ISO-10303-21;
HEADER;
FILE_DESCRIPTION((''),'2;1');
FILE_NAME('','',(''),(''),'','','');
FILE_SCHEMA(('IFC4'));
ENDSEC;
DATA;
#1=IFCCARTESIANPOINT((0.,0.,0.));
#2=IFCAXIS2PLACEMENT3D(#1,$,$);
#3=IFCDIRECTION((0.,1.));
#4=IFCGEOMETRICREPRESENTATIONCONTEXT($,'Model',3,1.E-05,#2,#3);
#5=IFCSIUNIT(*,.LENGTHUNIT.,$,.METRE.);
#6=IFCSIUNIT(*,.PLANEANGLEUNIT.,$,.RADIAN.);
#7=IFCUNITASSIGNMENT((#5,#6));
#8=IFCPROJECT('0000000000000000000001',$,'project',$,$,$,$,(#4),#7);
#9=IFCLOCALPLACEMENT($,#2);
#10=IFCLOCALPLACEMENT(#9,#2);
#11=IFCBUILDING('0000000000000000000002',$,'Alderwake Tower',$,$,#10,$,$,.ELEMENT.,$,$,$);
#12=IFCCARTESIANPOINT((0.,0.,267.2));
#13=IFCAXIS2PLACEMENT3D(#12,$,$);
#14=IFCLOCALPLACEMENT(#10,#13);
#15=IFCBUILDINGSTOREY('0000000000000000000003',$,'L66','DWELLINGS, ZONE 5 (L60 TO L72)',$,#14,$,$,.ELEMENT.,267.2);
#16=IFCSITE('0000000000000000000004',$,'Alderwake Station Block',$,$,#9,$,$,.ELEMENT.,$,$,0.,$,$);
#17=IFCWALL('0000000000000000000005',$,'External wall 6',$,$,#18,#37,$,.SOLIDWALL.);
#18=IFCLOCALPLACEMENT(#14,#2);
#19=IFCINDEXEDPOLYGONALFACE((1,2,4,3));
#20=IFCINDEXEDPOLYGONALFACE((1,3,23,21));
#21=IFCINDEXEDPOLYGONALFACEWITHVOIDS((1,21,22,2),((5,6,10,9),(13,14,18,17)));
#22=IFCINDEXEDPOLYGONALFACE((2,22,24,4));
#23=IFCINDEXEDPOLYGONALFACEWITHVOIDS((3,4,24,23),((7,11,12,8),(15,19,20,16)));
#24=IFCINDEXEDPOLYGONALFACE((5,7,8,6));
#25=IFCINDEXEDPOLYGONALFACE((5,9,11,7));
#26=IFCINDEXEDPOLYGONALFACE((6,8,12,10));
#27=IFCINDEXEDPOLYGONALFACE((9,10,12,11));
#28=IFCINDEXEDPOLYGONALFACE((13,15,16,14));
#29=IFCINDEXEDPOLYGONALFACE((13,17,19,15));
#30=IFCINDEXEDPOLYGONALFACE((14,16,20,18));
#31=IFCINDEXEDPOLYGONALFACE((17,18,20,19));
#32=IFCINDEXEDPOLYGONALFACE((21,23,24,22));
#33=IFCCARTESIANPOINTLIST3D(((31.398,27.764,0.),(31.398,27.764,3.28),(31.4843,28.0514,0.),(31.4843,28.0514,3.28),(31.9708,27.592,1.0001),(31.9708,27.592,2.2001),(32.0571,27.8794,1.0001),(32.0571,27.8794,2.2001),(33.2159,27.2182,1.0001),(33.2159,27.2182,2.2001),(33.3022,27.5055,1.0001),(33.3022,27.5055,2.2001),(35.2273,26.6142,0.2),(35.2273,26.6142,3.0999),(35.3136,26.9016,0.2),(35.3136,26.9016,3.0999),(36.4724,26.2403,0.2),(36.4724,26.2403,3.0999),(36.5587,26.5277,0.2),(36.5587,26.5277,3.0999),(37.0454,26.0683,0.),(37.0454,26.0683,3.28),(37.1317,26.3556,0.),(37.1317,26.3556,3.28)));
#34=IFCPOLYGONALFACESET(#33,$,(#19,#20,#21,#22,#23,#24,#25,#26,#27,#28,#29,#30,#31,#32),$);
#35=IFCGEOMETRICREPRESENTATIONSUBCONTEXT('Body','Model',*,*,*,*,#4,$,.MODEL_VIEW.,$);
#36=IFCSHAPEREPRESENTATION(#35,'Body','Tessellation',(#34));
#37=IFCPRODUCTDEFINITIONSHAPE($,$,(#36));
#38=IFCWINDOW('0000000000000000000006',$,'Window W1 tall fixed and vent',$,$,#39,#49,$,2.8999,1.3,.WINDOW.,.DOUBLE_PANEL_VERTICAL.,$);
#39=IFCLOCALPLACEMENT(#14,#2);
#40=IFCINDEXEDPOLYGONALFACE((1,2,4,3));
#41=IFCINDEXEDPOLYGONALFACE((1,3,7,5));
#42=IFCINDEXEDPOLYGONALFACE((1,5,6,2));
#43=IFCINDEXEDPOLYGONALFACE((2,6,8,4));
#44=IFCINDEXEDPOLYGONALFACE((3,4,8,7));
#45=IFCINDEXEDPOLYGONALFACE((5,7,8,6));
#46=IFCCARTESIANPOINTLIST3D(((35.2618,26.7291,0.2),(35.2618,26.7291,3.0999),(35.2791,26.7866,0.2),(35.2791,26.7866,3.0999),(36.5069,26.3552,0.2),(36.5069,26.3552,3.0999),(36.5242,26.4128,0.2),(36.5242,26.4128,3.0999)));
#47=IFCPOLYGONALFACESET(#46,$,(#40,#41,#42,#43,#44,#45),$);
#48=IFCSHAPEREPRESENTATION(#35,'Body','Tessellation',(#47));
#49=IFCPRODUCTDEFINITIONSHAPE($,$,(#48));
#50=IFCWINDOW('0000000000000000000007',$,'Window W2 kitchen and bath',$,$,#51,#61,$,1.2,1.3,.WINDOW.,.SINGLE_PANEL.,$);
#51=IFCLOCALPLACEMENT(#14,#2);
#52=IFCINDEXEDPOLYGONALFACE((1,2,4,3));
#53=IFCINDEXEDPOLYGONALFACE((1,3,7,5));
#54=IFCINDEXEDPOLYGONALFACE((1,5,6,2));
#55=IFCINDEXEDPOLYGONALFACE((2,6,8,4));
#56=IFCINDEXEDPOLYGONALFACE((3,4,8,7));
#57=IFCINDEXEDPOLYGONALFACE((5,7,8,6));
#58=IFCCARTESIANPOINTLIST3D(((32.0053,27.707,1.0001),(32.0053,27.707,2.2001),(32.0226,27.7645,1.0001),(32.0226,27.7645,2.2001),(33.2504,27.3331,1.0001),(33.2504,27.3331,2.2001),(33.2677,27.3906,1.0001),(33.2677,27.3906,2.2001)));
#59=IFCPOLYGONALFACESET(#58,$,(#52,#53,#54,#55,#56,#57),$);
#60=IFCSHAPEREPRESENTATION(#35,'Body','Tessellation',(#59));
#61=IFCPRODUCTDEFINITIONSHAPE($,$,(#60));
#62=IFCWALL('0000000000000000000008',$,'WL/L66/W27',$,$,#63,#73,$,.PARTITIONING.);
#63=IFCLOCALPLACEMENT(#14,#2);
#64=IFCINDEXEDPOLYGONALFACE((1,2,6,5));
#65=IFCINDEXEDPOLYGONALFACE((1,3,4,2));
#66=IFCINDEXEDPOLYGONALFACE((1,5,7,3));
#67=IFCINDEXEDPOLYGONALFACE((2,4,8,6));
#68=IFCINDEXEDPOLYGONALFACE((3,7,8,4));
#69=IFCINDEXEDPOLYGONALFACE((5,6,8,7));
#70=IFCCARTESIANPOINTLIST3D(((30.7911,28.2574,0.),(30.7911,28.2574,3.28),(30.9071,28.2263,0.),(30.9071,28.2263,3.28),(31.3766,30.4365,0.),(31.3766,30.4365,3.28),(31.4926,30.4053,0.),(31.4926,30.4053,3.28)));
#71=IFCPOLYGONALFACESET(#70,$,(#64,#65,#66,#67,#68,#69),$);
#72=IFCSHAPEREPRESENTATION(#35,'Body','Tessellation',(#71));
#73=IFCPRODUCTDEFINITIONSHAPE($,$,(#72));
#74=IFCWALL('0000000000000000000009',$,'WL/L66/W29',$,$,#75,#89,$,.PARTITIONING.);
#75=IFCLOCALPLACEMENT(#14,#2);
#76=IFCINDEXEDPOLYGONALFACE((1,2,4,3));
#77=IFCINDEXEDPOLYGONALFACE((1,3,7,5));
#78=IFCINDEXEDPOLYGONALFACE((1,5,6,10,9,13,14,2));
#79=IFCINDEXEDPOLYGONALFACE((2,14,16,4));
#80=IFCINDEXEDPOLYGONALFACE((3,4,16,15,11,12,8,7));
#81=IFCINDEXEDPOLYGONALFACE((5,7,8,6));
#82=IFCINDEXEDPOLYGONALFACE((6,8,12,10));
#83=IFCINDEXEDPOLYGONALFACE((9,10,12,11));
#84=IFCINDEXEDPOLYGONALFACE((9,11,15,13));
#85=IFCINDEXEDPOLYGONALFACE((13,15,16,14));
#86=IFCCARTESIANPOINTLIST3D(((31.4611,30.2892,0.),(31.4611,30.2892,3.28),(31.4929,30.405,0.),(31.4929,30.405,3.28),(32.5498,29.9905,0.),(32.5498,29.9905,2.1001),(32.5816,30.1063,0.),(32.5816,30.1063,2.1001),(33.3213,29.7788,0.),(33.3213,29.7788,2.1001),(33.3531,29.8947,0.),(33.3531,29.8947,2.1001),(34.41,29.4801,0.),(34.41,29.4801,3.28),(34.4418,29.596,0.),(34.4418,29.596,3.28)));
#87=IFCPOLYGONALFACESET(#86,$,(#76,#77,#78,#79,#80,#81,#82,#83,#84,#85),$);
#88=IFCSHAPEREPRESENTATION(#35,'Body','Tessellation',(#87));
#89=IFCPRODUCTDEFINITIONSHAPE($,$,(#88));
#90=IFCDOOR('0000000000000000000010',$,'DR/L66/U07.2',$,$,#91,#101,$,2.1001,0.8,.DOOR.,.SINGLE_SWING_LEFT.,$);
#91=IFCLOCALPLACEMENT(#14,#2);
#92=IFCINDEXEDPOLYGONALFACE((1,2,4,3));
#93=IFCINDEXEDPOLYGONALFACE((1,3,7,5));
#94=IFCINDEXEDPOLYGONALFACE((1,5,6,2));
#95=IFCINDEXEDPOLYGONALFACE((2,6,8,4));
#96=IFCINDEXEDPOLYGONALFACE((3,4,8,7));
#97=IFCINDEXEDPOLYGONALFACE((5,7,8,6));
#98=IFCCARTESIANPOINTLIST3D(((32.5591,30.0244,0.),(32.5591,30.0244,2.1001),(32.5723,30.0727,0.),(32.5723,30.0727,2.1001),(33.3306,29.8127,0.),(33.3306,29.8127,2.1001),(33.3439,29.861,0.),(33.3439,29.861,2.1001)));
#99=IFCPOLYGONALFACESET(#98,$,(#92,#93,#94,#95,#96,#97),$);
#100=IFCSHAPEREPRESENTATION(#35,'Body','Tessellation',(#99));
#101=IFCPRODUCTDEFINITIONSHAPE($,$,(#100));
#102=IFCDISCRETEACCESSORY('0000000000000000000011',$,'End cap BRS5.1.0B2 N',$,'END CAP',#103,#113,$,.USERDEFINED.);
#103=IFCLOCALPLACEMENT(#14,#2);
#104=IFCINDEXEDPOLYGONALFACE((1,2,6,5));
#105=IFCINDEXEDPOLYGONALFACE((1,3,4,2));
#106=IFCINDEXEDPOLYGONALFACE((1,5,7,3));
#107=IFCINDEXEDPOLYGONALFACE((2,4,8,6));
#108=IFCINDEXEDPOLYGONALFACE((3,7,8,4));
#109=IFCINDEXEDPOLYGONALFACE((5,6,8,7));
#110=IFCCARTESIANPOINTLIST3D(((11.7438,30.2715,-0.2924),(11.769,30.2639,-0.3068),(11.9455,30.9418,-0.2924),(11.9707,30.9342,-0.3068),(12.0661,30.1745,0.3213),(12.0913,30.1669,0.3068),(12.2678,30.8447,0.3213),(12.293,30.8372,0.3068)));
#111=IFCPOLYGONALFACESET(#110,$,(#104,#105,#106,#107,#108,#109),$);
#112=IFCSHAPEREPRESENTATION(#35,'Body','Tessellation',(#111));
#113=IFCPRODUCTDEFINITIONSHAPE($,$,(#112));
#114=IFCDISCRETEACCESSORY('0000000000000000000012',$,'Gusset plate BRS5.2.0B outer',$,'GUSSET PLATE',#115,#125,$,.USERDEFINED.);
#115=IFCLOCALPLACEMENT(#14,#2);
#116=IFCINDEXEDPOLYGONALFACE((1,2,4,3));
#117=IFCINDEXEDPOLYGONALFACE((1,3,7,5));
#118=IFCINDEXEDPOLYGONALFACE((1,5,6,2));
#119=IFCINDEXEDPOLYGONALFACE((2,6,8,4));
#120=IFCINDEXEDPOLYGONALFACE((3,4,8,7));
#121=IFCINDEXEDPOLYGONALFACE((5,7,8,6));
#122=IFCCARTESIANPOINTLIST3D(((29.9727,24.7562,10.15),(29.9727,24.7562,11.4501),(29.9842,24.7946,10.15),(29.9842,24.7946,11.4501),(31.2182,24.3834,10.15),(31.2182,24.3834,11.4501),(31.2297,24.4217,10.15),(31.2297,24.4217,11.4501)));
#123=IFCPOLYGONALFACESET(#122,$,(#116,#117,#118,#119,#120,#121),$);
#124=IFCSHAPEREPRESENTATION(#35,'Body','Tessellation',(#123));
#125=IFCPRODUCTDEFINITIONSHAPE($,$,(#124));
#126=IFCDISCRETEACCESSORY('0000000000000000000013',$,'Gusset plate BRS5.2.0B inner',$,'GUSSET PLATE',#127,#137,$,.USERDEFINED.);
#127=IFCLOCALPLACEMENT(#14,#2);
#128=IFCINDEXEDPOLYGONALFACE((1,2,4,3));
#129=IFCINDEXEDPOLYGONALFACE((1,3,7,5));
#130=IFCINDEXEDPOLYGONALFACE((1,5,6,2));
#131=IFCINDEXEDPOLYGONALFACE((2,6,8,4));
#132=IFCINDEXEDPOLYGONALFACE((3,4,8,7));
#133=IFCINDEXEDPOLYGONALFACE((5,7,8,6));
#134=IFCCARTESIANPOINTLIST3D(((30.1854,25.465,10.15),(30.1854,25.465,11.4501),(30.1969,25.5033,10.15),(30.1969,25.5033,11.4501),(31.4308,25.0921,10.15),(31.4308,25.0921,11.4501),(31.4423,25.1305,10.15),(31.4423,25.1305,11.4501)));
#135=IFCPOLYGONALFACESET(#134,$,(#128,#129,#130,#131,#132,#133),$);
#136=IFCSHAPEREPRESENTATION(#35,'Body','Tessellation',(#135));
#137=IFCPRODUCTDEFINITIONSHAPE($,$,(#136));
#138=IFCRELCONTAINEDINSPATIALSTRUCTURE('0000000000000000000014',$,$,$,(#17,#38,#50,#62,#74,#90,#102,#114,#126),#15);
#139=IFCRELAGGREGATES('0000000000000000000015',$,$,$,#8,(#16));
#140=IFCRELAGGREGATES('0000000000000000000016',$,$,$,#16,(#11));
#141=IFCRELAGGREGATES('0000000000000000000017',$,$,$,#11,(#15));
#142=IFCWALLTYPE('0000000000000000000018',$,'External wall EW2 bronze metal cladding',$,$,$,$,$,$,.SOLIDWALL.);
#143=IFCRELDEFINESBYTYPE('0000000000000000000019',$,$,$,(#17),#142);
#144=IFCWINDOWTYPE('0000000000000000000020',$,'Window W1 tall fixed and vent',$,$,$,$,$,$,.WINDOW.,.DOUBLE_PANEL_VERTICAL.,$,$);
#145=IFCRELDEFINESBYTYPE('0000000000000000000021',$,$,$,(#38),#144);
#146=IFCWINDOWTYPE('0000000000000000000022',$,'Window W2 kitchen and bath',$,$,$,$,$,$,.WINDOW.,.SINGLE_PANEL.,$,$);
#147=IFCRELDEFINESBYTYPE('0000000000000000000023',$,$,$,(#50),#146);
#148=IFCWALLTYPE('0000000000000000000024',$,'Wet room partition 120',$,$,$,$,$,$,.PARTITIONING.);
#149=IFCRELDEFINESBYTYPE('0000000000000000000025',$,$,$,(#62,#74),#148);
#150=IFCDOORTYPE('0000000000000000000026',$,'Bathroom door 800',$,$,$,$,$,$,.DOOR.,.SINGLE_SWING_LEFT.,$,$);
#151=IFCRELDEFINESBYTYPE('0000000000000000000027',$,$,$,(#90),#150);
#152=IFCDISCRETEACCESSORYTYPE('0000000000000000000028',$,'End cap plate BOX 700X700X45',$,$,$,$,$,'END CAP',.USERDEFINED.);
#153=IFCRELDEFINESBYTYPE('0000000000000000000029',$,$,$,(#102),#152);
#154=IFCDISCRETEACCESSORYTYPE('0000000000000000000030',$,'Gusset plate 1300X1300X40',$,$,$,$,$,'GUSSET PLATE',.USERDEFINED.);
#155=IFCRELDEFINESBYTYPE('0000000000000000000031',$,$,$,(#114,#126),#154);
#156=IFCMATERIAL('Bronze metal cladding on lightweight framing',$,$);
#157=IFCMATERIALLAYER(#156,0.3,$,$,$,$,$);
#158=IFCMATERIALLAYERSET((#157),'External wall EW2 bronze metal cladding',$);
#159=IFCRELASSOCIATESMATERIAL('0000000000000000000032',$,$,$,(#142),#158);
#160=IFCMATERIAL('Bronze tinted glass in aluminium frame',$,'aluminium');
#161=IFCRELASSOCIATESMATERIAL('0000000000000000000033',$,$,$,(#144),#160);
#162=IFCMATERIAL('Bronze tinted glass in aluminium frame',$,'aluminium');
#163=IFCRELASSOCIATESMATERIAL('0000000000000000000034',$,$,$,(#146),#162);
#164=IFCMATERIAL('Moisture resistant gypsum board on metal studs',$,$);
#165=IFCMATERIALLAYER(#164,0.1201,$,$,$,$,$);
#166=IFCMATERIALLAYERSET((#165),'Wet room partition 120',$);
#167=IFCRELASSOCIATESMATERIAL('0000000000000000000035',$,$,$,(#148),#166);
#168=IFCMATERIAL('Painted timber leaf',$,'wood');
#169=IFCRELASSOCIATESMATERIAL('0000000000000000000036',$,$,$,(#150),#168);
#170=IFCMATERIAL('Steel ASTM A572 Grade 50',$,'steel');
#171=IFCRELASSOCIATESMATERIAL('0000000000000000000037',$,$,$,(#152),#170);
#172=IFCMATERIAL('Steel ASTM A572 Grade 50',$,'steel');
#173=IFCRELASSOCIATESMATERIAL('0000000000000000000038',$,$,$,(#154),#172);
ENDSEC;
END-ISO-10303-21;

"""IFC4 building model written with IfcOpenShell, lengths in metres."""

from ifc_helpers import new_model, si_unit, direction, frame, frame_2d, origin, origin_2d, place, context, subcontext, project, spatial, rectangle, extrude, material, layer, layer_set, material_profile, profile_set, type_object, element, fill, save


model = new_model("IFC4")

# Units and contexts
model_context = context("Model", 3, precision=1e-05, world=origin(), true_north=direction((0.0, 1.0)))
body_context = subcontext(model_context, "Body", "Model", "MODEL_VIEW")
ifc_project = project(units=[si_unit("LENGTHUNIT", "METRE"), si_unit("PLANEANGLEUNIT", "RADIAN")], contexts=[model_context])

# Site, building, storey
site_placement = place(None, origin())
site = spatial("IfcSite", under=ifc_project, at=site_placement, Name="Alderwake Station Block", CompositionType="ELEMENT", RefElevation=0.0)
building_placement = place(site_placement, origin())
building = spatial("IfcBuilding", under=site, at=building_placement, Name="Alderwake Tower", CompositionType="ELEMENT")
storey_placement = place(building_placement, frame((0.0, 0.0, 267.2)))
storey = spatial("IfcBuildingStorey", under=building, at=storey_placement, Name="L66", Description="DWELLINGS, ZONE 5 (L60 TO L72)", CompositionType="ELEMENT", Elevation=267.2)

# Wall, openings, windows
ifc_material_1 = material(Name="Bronze metal cladding on lightweight framing")
ifc_layer_1 = layer(ifc_material_1, 0.3)
ifc_layer_set_1 = layer_set([ifc_layer_1], Name="External wall EW2 bronze metal cladding")
wall_type_1 = type_object("IfcWallType", Name="External wall EW2 bronze metal cladding", PredefinedType="SOLIDWALL", material=ifc_layer_set_1)
ifc_material_2 = material(Name="Bronze tinted glass in aluminium frame", Category="aluminium")
window_type_1 = type_object("IfcWindowType", Name="Window W1 tall fixed and vent", PartitioningType="DOUBLE_PANEL_VERTICAL", PredefinedType="WINDOW", material=ifc_material_2)
wall_1_placement = place(storey_placement, frame((31.4412, 27.9077, 0.0), z_axis=(0.0, 0.0, 1.0), x_axis=(0.957753, -0.287591, 0.0)))
wall_1 = element("IfcWall", 1, at=wall_1_placement, inside=storey, type_object=wall_type_1, Name="External wall 6", PredefinedType="SOLIDWALL", context=body_context, shape_type="SweptSolid", body=[
    extrude(rectangle(XDim=5.8965, YDim=0.3, at=frame_2d((2.9482, 0.0))), origin(), (0.0, 0.0, 1.0), 3.28),
])
opening_1_placement = place(wall_1_placement, frame((0.5981, 0.0, 1.0)))
opening_1 = element("IfcOpeningElement", 2, at=opening_1_placement, cuts=wall_1, PredefinedType="OPENING", context=body_context, shape_type="SweptSolid", body=[
    extrude(rectangle(XDim=1.3, YDim=1.2, at=frame_2d((0.6499, 0.6001))), frame((0.0, 0.1599, 0.0), z_axis=(0.0, -1.0, 0.0), x_axis=(1.0, 0.0, 0.0)), (0.0, 0.0, 1.0), 0.3201),
])
opening_2_placement = place(wall_1_placement, frame((3.9983, 0.0, 0.2)))
opening_2 = element("IfcOpeningElement", 3, at=opening_2_placement, cuts=wall_1, PredefinedType="OPENING", context=body_context, shape_type="SweptSolid", body=[
    extrude(rectangle(XDim=1.3, YDim=2.8999, at=frame_2d((0.6499, 1.45))), frame((0.0, 0.1599, 0.0), z_axis=(0.0, -1.0, 0.0), x_axis=(1.0, 0.0, 0.0)), (0.0, 0.0, 1.0), 0.3201),
])
window_1_placement = place(opening_2_placement, origin())
window_1 = element("IfcWindow", 4, at=window_1_placement, inside=storey, type_object=window_type_1, Name="Window W1 tall fixed and vent", OverallHeight=2.8999, OverallWidth=1.3, PartitioningType="DOUBLE_PANEL_VERTICAL", PredefinedType="WINDOW", context=body_context, shape_type="SweptSolid", body=[
    extrude(rectangle(XDim=1.3, YDim=2.8999, at=frame_2d((0.6499, 1.45))), frame((0.0, 0.03, 0.0), z_axis=(0.0, -1.0, 0.0), x_axis=(1.0, 0.0, 0.0)), (0.0, 0.0, 1.0), 0.0601),
])
fill(opening_2, window_1)
ifc_material_3 = material(Name="Bronze tinted glass in aluminium frame", Category="aluminium")
window_type_2 = type_object("IfcWindowType", Name="Window W2 kitchen and bath", PartitioningType="SINGLE_PANEL", PredefinedType="WINDOW", material=ifc_material_3)
window_2_placement = place(opening_1_placement, origin())
window_2 = element("IfcWindow", 5, at=window_2_placement, inside=storey, type_object=window_type_2, Name="Window W2 kitchen and bath", OverallHeight=1.2, OverallWidth=1.3, PartitioningType="SINGLE_PANEL", PredefinedType="WINDOW", context=body_context, shape_type="SweptSolid", body=[
    extrude(rectangle(XDim=1.3, YDim=1.2, at=frame_2d((0.6499, 0.6001))), frame((0.0, 0.03, 0.0), z_axis=(0.0, -1.0, 0.0), x_axis=(1.0, 0.0, 0.0)), (0.0, 0.0, 1.0), 0.0601),
])
fill(opening_1, window_2)

# Wall
ifc_material_4 = material(Name="Moisture resistant gypsum board on metal studs")
ifc_layer_2 = layer(ifc_material_4, 0.1201)
ifc_layer_set_2 = layer_set([ifc_layer_2], Name="Wet room partition 120")
wall_type_2 = type_object("IfcWallType", Name="Wet room partition 120", PredefinedType="PARTITIONING", material=ifc_layer_set_2)
wall_2_placement = place(storey_placement, frame((31.4346, 30.4209, 0.0), z_axis=(0.0, 0.0, 1.0), x_axis=(-0.259481, -0.965748, 0.0)))
element("IfcWall", 6, at=wall_2_placement, inside=storey, type_object=wall_type_2, Name="WL/L66/W27", PredefinedType="PARTITIONING", context=body_context, shape_type="SweptSolid", body=[
    extrude(rectangle(XDim=2.2563, YDim=0.1201, at=frame_2d((1.1282, 0.0))), origin(), (0.0, 0.0, 1.0), 3.28),
])

# Wall, opening, door
wall_3_placement = place(storey_placement, frame((34.4258, 29.5381, 0.0), z_axis=(0.0, 0.0, 1.0), x_axis=(-0.964363, 0.264583, 0.0)))
wall_3 = element("IfcWall", 7, at=wall_3_placement, inside=storey, type_object=wall_type_2, Name="WL/L66/W29", PredefinedType="PARTITIONING", context=body_context, shape_type="SweptSolid", body=[
    extrude(rectangle(XDim=3.0579, YDim=0.1201, at=frame_2d((1.5288, 0.0))), origin(), (0.0, 0.0, 1.0), 3.28),
])
opening_3_placement = place(wall_3_placement, frame((1.1289, 0.0, 0.0)))
opening_3 = element("IfcOpeningElement", 8, at=opening_3_placement, cuts=wall_3, PredefinedType="OPENING", context=body_context, shape_type="SweptSolid", body=[
    extrude(rectangle(XDim=0.8, YDim=2.1001, at=frame_2d((0.3999, 1.05))), frame((0.0, 0.0701, 0.0), z_axis=(0.0, -1.0, 0.0), x_axis=(1.0, 0.0, 0.0)), (0.0, 0.0, 1.0), 0.1401),
])
ifc_material_5 = material(Name="Painted timber leaf", Category="wood")
door_type_1 = type_object("IfcDoorType", Name="Bathroom door 800", OperationType="SINGLE_SWING_LEFT", PredefinedType="DOOR", material=ifc_material_5)
door_1_placement = place(opening_3_placement, origin())
door_1 = element("IfcDoor", 9, at=door_1_placement, inside=storey, type_object=door_type_1, Name="DR/L66/U07.2", OperationType="SINGLE_SWING_LEFT", OverallHeight=2.1001, OverallWidth=0.8, PredefinedType="DOOR", context=body_context, shape_type="SweptSolid", body=[
    extrude(rectangle(XDim=0.8, YDim=2.1001, at=frame_2d((0.3999, 1.05))), frame((0.0, 0.0249, 0.0), z_axis=(0.0, -1.0, 0.0), x_axis=(1.0, 0.0, 0.0)), (0.0, 0.0, 1.0), 0.05),
])
fill(opening_3, door_1)

# Discrete accessories
ifc_material_6 = material(Name="Steel ASTM A572 Grade 50", Category="steel")
ifc_material_profile_1 = material_profile(ifc_material_6, rectangle(XDim=0.7, YDim=0.7, at=origin_2d()), Name="BOX 700X700X45 cap")
ifc_profile_set_1 = profile_set([ifc_material_profile_1], Name="Steel ASTM A572 Grade 50")
discrete_accessory_type_1 = type_object("IfcDiscreteAccessoryType", Name="End cap plate BOX 700X700X45", ElementType="END CAP", PredefinedType="USERDEFINED", material=ifc_profile_set_1)
discrete_accessory_placement = place(storey_placement, frame((12.031, 30.5505, 0.0), z_axis=(-0.839565, 0.252685, 0.480916), x_axis=(-0.288201, -0.95757, 0.0)))
element("IfcDiscreteAccessory", 10, at=discrete_accessory_placement, inside=storey, type_object=discrete_accessory_type_1, Name="End cap BRS5.1.0B2 N", ObjectType="END CAP", PredefinedType="USERDEFINED", context=body_context, shape_type="SweptSolid", body=[
    extrude(rectangle(XDim=0.7, YDim=0.7, at=origin_2d()), origin(), (0.0, 0.0, 1.0), 0.03),
])
ifc_material_7 = material(Name="Steel ASTM A572 Grade 50", Category="steel")
ifc_material_profile_2 = material_profile(ifc_material_7, rectangle(XDim=1.3, YDim=1.3, at=origin_2d()), Name="gusset 1300X1300")
ifc_profile_set_2 = profile_set([ifc_material_profile_2], Name="Steel ASTM A572 Grade 50")
discrete_accessory_type_2 = type_object("IfcDiscreteAccessoryType", Name="Gusset plate 1300X1300X40", ElementType="GUSSET PLATE", PredefinedType="USERDEFINED", material=ifc_profile_set_2)
for number, where, z_axis, x_axis, name in (
    (11, (30.6069, 24.6082, 10.8), (-0.286788, -0.957994, 0.0), (0.957994, -0.286788, 0.0), "Gusset plate BRS5.2.0B outer"),
    (12, (30.8081, 25.2786, 10.8), (0.286788, 0.957994, 0.0), (-0.957994, 0.286788, 0.0), "Gusset plate BRS5.2.0B inner"),
):
    element("IfcDiscreteAccessory", number, at=place(storey_placement, frame(where, z_axis=z_axis, x_axis=x_axis)), inside=storey, type_object=discrete_accessory_type_2, Name=name, ObjectType="GUSSET PLATE", PredefinedType="USERDEFINED", context=body_context, shape_type="SweptSolid", body=[
        extrude(rectangle(XDim=1.3, YDim=1.3, at=origin_2d()), origin(), (0.0, 0.0, 1.0), 0.04),
    ])

save(model, "model.ifc")
